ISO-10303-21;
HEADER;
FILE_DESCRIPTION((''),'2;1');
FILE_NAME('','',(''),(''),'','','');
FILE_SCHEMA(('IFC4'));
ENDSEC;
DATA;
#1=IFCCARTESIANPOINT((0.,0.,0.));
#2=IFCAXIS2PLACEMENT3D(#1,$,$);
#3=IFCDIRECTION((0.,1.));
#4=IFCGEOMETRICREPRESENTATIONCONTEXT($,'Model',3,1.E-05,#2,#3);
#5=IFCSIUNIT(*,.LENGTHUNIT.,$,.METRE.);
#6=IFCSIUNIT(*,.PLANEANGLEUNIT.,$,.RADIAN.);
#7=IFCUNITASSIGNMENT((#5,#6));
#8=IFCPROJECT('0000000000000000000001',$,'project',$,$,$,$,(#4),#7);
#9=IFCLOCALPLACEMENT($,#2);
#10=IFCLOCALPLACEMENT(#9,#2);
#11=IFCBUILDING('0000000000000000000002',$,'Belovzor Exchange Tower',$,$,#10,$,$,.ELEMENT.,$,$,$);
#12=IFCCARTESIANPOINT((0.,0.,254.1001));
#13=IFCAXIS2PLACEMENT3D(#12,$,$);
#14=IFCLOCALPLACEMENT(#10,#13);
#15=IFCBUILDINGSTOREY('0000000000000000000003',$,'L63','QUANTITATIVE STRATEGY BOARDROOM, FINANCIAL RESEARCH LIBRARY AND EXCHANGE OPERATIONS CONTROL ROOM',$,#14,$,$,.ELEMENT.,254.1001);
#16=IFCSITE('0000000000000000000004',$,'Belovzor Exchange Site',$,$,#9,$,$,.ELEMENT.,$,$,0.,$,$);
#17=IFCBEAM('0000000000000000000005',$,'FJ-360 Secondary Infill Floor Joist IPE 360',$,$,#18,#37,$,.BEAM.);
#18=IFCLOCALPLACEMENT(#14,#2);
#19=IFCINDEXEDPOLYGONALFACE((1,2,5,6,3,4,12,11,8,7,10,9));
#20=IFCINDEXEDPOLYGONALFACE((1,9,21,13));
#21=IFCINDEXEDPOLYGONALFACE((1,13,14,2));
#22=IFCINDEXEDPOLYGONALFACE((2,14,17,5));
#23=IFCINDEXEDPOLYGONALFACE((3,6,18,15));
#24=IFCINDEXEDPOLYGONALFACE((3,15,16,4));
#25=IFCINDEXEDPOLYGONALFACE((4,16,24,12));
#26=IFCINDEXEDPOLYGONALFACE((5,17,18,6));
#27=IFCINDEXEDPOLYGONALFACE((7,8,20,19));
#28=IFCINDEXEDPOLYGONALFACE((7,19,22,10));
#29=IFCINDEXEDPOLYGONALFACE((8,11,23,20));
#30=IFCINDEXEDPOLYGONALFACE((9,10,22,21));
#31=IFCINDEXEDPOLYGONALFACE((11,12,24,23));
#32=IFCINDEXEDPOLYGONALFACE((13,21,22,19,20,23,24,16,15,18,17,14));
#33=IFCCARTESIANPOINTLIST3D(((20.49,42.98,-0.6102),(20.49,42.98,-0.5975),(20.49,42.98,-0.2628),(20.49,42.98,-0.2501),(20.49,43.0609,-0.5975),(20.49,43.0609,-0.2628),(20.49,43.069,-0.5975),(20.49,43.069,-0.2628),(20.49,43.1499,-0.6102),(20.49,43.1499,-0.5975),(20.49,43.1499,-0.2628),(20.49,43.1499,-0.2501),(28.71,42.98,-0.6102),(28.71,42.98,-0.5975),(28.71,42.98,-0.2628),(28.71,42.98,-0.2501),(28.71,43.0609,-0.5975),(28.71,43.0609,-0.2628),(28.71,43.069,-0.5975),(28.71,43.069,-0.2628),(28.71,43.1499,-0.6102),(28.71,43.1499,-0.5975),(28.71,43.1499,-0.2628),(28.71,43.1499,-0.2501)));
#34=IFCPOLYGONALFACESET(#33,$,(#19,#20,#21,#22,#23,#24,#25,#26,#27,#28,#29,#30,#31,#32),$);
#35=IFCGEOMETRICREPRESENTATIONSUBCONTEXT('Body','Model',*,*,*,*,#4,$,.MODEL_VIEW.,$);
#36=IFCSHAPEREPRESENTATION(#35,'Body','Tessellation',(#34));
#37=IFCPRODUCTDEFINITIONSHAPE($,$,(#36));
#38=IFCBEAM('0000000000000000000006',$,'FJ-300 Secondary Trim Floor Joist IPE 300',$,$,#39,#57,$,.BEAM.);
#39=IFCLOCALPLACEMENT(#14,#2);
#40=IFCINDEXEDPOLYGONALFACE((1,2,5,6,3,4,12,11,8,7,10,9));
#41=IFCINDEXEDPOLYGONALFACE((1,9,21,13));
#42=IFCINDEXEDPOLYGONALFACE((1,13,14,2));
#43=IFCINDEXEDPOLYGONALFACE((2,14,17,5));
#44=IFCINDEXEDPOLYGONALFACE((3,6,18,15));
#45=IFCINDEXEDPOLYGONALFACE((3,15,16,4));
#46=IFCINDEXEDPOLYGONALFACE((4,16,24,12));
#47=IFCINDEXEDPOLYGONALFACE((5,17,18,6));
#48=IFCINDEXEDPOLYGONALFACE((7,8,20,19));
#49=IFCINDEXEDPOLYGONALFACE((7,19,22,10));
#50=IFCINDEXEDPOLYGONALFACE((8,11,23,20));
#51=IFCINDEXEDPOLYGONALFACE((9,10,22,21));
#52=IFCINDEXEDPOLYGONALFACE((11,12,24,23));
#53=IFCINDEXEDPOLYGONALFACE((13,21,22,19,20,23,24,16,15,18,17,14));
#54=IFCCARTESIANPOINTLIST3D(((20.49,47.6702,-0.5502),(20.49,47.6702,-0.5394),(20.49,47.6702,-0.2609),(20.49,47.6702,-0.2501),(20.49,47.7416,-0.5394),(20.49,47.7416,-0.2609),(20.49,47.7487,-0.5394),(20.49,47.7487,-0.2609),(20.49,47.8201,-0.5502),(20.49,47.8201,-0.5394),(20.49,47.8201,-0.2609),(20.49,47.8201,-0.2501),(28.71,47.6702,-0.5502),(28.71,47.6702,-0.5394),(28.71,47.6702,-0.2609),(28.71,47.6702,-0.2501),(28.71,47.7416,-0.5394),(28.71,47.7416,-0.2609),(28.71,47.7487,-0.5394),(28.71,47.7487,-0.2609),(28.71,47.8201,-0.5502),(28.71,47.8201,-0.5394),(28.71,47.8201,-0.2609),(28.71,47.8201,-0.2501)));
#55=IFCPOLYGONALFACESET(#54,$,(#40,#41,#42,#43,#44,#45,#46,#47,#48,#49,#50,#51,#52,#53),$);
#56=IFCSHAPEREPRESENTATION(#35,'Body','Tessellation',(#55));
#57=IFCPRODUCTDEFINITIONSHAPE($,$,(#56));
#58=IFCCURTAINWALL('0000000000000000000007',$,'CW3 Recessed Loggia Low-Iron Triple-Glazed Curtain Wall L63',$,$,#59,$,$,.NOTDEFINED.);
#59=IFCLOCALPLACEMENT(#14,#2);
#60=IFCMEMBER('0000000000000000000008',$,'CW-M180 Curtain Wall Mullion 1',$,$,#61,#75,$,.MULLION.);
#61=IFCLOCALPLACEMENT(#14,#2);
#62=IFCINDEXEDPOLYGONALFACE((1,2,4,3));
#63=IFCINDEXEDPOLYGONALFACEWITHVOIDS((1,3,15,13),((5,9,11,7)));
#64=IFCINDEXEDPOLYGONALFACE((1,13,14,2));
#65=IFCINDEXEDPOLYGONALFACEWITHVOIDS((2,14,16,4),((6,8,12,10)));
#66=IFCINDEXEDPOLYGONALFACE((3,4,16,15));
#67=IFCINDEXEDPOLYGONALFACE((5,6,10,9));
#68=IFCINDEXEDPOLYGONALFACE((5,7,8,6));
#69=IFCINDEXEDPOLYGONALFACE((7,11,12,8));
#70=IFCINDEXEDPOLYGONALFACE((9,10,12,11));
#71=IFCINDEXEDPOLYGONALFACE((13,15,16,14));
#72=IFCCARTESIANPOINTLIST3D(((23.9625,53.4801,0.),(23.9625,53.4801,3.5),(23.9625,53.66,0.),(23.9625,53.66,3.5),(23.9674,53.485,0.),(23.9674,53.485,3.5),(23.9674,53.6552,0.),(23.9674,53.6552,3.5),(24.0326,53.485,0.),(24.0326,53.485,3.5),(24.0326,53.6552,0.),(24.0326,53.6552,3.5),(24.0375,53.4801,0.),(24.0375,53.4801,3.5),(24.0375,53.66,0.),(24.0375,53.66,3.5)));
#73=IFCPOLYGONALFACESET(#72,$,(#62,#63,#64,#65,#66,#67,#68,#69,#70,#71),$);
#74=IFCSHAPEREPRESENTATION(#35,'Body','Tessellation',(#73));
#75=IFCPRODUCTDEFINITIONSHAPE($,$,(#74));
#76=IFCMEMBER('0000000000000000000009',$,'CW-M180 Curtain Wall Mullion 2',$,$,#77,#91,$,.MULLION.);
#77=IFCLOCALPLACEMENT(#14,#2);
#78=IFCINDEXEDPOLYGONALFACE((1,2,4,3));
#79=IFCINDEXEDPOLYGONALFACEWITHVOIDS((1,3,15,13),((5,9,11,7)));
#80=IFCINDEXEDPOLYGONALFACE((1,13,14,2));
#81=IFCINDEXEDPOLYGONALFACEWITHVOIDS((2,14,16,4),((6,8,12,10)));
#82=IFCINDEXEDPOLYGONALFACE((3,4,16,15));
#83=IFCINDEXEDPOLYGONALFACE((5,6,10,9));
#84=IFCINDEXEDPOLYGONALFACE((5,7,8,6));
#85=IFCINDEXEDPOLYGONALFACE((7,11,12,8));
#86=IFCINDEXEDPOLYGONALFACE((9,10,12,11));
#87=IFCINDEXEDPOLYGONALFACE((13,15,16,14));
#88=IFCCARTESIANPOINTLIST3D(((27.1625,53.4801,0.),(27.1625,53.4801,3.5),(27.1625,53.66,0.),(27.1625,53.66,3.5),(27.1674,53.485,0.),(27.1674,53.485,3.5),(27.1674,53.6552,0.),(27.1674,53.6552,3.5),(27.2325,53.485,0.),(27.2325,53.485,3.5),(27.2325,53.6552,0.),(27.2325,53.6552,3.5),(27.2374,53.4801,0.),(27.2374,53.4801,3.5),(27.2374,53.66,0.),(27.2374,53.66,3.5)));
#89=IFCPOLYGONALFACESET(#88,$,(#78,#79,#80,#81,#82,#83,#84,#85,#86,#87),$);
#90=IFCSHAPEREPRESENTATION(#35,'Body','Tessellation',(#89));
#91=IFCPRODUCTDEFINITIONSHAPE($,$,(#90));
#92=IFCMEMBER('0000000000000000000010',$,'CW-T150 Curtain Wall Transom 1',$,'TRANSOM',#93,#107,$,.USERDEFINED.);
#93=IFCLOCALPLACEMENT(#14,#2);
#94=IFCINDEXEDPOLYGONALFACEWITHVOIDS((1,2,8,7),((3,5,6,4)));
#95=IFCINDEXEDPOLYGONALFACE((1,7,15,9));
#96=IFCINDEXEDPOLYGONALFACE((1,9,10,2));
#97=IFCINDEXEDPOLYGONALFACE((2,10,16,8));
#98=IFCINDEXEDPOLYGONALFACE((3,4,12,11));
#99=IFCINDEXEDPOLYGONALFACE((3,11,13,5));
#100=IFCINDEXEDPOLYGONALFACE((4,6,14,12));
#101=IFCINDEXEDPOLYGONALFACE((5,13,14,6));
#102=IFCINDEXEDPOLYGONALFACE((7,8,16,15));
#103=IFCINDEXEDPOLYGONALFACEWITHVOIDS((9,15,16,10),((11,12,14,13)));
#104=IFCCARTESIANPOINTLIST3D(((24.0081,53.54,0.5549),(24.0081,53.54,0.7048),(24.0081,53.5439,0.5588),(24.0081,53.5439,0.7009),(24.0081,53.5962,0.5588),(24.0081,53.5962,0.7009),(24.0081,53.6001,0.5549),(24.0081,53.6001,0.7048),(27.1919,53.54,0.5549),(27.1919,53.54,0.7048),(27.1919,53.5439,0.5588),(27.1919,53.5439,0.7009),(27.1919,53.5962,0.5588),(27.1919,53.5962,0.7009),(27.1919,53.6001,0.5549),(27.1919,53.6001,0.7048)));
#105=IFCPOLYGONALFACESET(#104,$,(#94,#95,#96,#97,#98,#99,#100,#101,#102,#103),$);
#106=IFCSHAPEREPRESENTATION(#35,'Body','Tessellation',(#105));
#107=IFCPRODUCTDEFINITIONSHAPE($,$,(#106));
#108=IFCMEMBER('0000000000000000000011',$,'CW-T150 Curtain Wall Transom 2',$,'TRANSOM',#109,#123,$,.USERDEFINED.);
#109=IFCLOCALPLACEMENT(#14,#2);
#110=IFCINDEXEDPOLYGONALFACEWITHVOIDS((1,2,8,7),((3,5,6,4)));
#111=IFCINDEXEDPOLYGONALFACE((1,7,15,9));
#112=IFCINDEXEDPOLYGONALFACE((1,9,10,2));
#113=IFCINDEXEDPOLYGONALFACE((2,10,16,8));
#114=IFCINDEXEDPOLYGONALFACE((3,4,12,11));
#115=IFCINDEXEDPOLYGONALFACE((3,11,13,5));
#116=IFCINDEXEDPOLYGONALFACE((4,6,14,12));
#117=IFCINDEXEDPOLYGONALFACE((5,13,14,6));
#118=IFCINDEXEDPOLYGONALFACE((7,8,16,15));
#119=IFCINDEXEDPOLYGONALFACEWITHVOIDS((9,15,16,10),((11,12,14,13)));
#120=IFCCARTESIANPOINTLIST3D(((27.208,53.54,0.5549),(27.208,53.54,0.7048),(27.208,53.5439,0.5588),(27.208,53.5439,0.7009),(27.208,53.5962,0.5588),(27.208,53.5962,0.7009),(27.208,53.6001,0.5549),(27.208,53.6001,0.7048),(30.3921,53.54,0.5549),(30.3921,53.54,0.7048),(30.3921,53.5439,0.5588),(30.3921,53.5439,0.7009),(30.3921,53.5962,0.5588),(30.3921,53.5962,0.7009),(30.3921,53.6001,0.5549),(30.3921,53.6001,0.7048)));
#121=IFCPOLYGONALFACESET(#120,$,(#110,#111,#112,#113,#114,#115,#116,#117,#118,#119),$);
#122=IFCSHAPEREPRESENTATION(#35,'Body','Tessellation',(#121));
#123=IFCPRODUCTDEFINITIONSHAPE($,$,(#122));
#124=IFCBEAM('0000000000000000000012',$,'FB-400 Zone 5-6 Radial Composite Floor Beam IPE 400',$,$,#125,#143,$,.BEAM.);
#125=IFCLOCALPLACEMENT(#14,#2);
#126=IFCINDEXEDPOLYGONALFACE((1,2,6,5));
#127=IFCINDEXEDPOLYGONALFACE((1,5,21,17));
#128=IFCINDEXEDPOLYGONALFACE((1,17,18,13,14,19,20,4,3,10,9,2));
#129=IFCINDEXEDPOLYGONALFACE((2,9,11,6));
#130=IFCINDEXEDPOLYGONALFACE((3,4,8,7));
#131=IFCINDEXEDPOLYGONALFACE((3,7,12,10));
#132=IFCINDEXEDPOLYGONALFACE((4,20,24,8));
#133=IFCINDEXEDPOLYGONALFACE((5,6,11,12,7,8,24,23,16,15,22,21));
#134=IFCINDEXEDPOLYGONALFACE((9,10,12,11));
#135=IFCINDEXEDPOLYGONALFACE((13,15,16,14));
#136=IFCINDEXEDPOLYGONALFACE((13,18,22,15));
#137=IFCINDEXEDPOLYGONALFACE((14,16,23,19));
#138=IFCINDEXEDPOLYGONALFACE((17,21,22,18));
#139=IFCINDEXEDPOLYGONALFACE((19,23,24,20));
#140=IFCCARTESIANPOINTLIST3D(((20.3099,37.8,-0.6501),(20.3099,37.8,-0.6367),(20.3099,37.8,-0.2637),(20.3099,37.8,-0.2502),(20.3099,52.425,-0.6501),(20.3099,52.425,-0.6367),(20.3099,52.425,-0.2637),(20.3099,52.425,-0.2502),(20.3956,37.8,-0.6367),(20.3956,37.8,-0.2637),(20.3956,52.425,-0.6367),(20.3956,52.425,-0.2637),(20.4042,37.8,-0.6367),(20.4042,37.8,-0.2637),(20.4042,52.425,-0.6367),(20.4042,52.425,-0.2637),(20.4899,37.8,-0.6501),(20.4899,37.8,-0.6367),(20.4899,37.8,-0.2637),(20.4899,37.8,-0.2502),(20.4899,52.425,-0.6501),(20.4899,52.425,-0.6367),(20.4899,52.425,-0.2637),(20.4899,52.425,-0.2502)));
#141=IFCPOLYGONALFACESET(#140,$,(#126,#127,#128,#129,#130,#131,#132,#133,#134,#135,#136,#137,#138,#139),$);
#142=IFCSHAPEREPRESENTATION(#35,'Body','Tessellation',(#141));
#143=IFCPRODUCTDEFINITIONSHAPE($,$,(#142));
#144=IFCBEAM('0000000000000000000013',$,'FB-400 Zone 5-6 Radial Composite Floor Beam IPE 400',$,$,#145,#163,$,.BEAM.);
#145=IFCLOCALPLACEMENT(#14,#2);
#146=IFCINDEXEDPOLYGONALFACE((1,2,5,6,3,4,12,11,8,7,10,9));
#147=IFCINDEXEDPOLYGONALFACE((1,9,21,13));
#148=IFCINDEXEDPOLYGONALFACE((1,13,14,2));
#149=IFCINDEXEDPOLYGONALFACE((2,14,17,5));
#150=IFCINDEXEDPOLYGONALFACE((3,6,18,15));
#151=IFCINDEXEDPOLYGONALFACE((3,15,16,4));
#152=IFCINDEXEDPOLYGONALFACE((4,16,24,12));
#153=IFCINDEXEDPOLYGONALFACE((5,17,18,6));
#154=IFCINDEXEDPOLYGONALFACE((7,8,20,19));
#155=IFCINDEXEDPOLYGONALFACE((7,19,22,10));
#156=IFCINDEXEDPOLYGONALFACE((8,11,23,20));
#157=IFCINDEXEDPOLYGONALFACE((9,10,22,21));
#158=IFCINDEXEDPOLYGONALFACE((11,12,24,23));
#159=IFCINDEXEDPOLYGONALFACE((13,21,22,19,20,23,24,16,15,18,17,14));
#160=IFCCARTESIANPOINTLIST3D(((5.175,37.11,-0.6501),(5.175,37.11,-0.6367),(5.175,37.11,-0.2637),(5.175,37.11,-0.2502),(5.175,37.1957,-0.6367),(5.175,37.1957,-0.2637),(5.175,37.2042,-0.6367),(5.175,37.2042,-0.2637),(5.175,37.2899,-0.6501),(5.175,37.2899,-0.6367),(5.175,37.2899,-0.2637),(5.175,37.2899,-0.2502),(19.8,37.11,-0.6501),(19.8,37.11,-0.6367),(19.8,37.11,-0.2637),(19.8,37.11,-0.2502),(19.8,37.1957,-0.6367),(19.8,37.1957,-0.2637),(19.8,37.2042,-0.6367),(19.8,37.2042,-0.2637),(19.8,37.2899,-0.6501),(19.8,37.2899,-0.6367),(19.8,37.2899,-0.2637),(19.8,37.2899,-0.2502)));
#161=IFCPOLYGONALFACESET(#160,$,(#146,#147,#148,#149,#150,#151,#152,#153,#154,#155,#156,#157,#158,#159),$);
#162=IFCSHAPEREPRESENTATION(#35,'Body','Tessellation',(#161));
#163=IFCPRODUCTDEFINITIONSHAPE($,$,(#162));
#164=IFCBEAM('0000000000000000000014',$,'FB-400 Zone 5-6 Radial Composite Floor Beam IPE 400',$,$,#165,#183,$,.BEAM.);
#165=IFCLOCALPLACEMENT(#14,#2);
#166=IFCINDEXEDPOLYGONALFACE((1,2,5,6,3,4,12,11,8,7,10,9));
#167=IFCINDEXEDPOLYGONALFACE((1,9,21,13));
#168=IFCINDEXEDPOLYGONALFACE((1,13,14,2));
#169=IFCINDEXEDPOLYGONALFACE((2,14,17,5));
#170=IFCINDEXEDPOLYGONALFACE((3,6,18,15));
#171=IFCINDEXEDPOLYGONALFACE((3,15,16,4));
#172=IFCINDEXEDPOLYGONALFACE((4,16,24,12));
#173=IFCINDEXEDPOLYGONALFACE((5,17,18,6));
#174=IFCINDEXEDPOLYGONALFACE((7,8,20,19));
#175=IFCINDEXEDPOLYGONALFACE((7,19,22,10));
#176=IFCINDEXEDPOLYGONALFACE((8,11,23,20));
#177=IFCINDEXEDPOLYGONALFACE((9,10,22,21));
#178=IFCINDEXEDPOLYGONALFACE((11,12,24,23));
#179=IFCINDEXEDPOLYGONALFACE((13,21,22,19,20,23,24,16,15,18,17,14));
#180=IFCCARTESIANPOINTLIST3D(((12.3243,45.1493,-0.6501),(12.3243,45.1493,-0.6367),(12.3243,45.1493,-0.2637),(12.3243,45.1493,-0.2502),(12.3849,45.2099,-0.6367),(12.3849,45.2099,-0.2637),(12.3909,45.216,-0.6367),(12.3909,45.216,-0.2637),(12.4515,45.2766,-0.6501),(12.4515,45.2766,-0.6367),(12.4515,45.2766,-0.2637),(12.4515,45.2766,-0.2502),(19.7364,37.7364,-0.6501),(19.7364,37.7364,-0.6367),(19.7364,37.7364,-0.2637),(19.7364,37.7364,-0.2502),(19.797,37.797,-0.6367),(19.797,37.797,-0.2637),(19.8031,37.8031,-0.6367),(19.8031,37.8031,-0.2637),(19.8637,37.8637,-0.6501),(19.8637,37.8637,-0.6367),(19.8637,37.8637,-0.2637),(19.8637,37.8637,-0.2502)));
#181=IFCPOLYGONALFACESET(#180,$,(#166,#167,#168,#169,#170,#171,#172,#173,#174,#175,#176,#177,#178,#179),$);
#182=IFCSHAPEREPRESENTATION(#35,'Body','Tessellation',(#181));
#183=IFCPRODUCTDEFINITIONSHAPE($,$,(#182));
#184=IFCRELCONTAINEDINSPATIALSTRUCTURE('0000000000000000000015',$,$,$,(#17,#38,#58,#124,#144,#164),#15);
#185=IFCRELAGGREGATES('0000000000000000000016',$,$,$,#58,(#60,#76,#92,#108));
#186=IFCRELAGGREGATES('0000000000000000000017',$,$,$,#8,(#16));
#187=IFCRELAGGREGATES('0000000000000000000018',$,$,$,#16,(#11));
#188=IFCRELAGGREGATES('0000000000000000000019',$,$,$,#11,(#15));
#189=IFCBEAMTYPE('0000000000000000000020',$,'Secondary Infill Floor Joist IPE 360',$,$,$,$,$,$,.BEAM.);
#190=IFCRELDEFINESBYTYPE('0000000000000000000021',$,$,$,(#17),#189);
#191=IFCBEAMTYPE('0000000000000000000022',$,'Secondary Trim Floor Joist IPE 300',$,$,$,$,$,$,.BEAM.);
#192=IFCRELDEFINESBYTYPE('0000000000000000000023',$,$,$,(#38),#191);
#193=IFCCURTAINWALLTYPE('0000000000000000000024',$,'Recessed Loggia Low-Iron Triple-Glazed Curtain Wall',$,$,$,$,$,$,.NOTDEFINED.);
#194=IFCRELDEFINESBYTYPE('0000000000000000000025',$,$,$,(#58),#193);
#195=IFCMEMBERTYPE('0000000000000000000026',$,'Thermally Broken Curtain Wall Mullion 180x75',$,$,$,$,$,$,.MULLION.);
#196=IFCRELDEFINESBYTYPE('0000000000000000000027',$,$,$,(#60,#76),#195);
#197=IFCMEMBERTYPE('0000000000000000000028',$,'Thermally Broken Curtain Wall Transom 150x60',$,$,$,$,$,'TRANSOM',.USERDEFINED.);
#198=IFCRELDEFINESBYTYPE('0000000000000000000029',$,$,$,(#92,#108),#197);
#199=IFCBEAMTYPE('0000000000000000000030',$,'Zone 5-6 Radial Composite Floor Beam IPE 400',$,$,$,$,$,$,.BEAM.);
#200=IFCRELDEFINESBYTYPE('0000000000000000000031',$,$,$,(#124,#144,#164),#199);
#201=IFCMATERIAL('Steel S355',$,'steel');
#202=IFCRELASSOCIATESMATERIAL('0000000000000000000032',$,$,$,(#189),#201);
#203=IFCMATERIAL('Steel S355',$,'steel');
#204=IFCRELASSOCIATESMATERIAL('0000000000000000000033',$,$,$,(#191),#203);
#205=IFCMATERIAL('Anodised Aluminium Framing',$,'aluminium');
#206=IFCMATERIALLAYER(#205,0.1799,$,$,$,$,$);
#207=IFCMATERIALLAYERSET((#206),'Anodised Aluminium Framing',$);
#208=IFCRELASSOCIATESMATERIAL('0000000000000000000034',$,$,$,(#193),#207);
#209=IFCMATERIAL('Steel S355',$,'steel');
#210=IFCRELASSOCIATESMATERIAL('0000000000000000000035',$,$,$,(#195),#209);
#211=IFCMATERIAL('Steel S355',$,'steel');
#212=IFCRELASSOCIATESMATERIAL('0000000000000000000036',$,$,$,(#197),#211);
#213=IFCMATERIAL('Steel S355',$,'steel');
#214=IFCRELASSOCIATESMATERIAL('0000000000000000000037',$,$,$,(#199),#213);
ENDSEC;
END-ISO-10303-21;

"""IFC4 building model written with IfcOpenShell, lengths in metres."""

from ifc_helpers import new_model, si_unit, direction, frame, origin, origin_2d, place, context, subcontext, project, spatial, hollow_rectangle, i_section, extrude, material, layer, layer_set, material_profile, profile_set, type_object, element, aggregate, save


model = new_model("IFC4")

# Units and contexts
model_context = context("Model", 3, precision=1e-05, world=origin(), true_north=direction((0.0, 1.0)))
body_context = subcontext(model_context, "Body", "Model", "MODEL_VIEW")
ifc_project = project(units=[si_unit("LENGTHUNIT", "METRE"), si_unit("PLANEANGLEUNIT", "RADIAN")], contexts=[model_context])

# Site, building, storey
site_placement = place(None, origin())
site = spatial("IfcSite", under=ifc_project, at=site_placement, Name="Belovzor Exchange Site", CompositionType="ELEMENT", RefElevation=0.0)
building_placement = place(site_placement, origin())
building = spatial("IfcBuilding", under=site, at=building_placement, Name="Belovzor Exchange Tower", CompositionType="ELEMENT")
storey_placement = place(building_placement, frame((0.0, 0.0, 254.1001)))
storey = spatial("IfcBuildingStorey", under=building, at=storey_placement, Name="L63", Description="QUANTITATIVE STRATEGY BOARDROOM, FINANCIAL RESEARCH LIBRARY AND EXCHANGE OPERATIONS CONTROL ROOM", CompositionType="ELEMENT", Elevation=254.1001)

# Beams
ifc_material_1 = material(Name="Steel S355", Category="steel")
ifc_material_profile_1 = material_profile(ifc_material_1, i_section(OverallWidth=0.1699, OverallDepth=0.3601, WebThickness=0.0081, FlangeThickness=0.0127, at=origin_2d()))
ifc_profile_set_1 = profile_set([ifc_material_profile_1], Name="Steel S355")
beam_type_1 = type_object("IfcBeamType", Name="Secondary Infill Floor Joist IPE 360", PredefinedType="BEAM", material=ifc_profile_set_1)
beam_1_placement = place(storey_placement, frame((20.49, 43.0649, -0.4302), z_axis=(1.0, 0.0, 0.0), x_axis=(0.0, 1.0, 0.0)))
element("IfcBeam", 1, at=beam_1_placement, inside=storey, type_object=beam_type_1, Name="FJ-360 Secondary Infill Floor Joist IPE 360", PredefinedType="BEAM", context=body_context, shape_type="SweptSolid", body=[
    extrude(i_section(OverallWidth=0.1699, OverallDepth=0.3601, WebThickness=0.0081, FlangeThickness=0.0127, at=origin_2d()), origin(), (0.0, 0.0, 1.0), 8.22),
])
ifc_material_2 = material(Name="Steel S355", Category="steel")
ifc_material_profile_2 = material_profile(ifc_material_2, i_section(OverallWidth=0.1499, OverallDepth=0.3, WebThickness=0.0071, FlangeThickness=0.0107, at=origin_2d()))
ifc_profile_set_2 = profile_set([ifc_material_profile_2], Name="Steel S355")
beam_type_2 = type_object("IfcBeamType", Name="Secondary Trim Floor Joist IPE 300", PredefinedType="BEAM", material=ifc_profile_set_2)
beam_2_placement = place(storey_placement, frame((20.49, 47.7451, -0.4001), z_axis=(1.0, 0.0, 0.0), x_axis=(0.0, 1.0, 0.0)))
element("IfcBeam", 2, at=beam_2_placement, inside=storey, type_object=beam_type_2, Name="FJ-300 Secondary Trim Floor Joist IPE 300", PredefinedType="BEAM", context=body_context, shape_type="SweptSolid", body=[
    extrude(i_section(OverallWidth=0.1499, OverallDepth=0.3, WebThickness=0.0071, FlangeThickness=0.0107, at=origin_2d()), origin(), (0.0, 0.0, 1.0), 8.22),
])

# Curtain wall, members
ifc_material_3 = material(Name="Anodised Aluminium Framing", Category="aluminium")
ifc_layer_1 = layer(ifc_material_3, 0.1799)
ifc_layer_set_1 = layer_set([ifc_layer_1], Name="Anodised Aluminium Framing")
curtain_wall_type = type_object("IfcCurtainWallType", Name="Recessed Loggia Low-Iron Triple-Glazed Curtain Wall", PredefinedType="NOTDEFINED", material=ifc_layer_set_1)
curtain_wall_placement = place(storey_placement, origin())
curtain_wall = element("IfcCurtainWall", 3, at=curtain_wall_placement, inside=storey, type_object=curtain_wall_type, Name="CW3 Recessed Loggia Low-Iron Triple-Glazed Curtain Wall L63", PredefinedType="NOTDEFINED")
ifc_material_4 = material(Name="Steel S355", Category="steel")
ifc_material_profile_3 = material_profile(ifc_material_4, hollow_rectangle(XDim=0.075, YDim=0.1799, WallThickness=0.0049, at=origin_2d()))
ifc_profile_set_3 = profile_set([ifc_material_profile_3], Name="Steel S355")
member_type_1 = type_object("IfcMemberType", Name="Thermally Broken Curtain Wall Mullion 180x75", PredefinedType="MULLION", material=ifc_profile_set_3)
member_1_placement = place(storey_placement, frame((24.0, 53.5701, 0.0), z_axis=(0.0, 0.0, 1.0), x_axis=(1.0, 0.0, 0.0)))
member_1 = element("IfcMember", 4, at=member_1_placement, type_object=member_type_1, Name="CW-M180 Curtain Wall Mullion 1", PredefinedType="MULLION", context=body_context, shape_type="SweptSolid", body=[
    extrude(hollow_rectangle(XDim=0.075, YDim=0.1799, WallThickness=0.0049, at=origin_2d()), origin(), (0.0, 0.0, 1.0), 3.5),
])
member_2_placement = place(storey_placement, frame((27.2, 53.5701, 0.0), z_axis=(0.0, 0.0, 1.0), x_axis=(1.0, 0.0, 0.0)))
member_2 = element("IfcMember", 5, at=member_2_placement, type_object=member_type_1, Name="CW-M180 Curtain Wall Mullion 2", PredefinedType="MULLION", context=body_context, shape_type="SweptSolid", body=[
    extrude(hollow_rectangle(XDim=0.075, YDim=0.1799, WallThickness=0.0049, at=origin_2d()), origin(), (0.0, 0.0, 1.0), 3.5),
])
ifc_material_5 = material(Name="Steel S355", Category="steel")
ifc_material_profile_4 = material_profile(ifc_material_5, hollow_rectangle(XDim=0.0601, YDim=0.1499, WallThickness=0.0039, at=origin_2d()))
ifc_profile_set_4 = profile_set([ifc_material_profile_4], Name="Steel S355")
member_type_2 = type_object("IfcMemberType", Name="Thermally Broken Curtain Wall Transom 150x60", ElementType="TRANSOM", PredefinedType="USERDEFINED", material=ifc_profile_set_4)
member_3_placement = place(storey_placement, frame((24.0081, 53.5701, 0.6299), z_axis=(1.0, 0.0, 0.0), x_axis=(0.0, 1.0, 0.0)))
member_3 = element("IfcMember", 6, at=member_3_placement, type_object=member_type_2, Name="CW-T150 Curtain Wall Transom 1", ObjectType="TRANSOM", PredefinedType="USERDEFINED", context=body_context, shape_type="SweptSolid", body=[
    extrude(hollow_rectangle(XDim=0.0601, YDim=0.1499, WallThickness=0.0039, at=origin_2d()), origin(), (0.0, 0.0, 1.0), 3.1838),
])
member_4_placement = place(storey_placement, frame((27.208, 53.5701, 0.6299), z_axis=(1.0, 0.0, 0.0), x_axis=(0.0, 1.0, 0.0)))
member_4 = element("IfcMember", 7, at=member_4_placement, type_object=member_type_2, Name="CW-T150 Curtain Wall Transom 2", ObjectType="TRANSOM", PredefinedType="USERDEFINED", context=body_context, shape_type="SweptSolid", body=[
    extrude(hollow_rectangle(XDim=0.0601, YDim=0.1499, WallThickness=0.0039, at=origin_2d()), origin(), (0.0, 0.0, 1.0), 3.1841),
])

# Beams
ifc_material_6 = material(Name="Steel S355", Category="steel")
ifc_material_profile_5 = material_profile(ifc_material_6, i_section(OverallWidth=0.1799, OverallDepth=0.3999, WebThickness=0.0085, FlangeThickness=0.0134, at=origin_2d()))
ifc_profile_set_5 = profile_set([ifc_material_profile_5], Name="Steel S355")
beam_type_3 = type_object("IfcBeamType", Name="Zone 5-6 Radial Composite Floor Beam IPE 400", PredefinedType="BEAM", material=ifc_profile_set_5)
for number, where, z_axis, x_axis, name in (
    (8, (20.3999, 37.8, -0.4502), (0.0, 1.0, 0.0), (-1.0, 0.0, 0.0), "FB-400 Zone 5-6 Radial Composite Floor Beam IPE 400"),
    (9, (19.8, 37.2, -0.4502), (-1.0, 0.0, 0.0), (0.0, -1.0, 0.0), "FB-400 Zone 5-6 Radial Composite Floor Beam IPE 400"),
):
    element("IfcBeam", number, at=place(storey_placement, frame(where, z_axis=z_axis, x_axis=x_axis)), inside=storey, type_object=beam_type_3, Name=name, PredefinedType="BEAM", context=body_context, shape_type="SweptSolid", body=[
        extrude(i_section(OverallWidth=0.1799, OverallDepth=0.3999, WebThickness=0.0085, FlangeThickness=0.0134, at=origin_2d()), origin(), (0.0, 0.0, 1.0), 14.625),
    ])
beam_3_placement = place(storey_placement, frame((19.8, 37.8, -0.4502), z_axis=(-0.707072, 0.707142, 0.0), x_axis=(-0.707142, -0.707072, 0.0)))
element("IfcBeam", 10, at=beam_3_placement, inside=storey, type_object=beam_type_3, Name="FB-400 Zone 5-6 Radial Composite Floor Beam IPE 400", PredefinedType="BEAM", context=body_context, shape_type="SweptSolid", body=[
    extrude(i_section(OverallWidth=0.1799, OverallDepth=0.3999, WebThickness=0.0085, FlangeThickness=0.0134, at=origin_2d()), origin(), (0.0, 0.0, 1.0), 10.4829),
])

aggregate(curtain_wall, [member_1, member_2, member_3, member_4])

save(model, "model.ifc")
